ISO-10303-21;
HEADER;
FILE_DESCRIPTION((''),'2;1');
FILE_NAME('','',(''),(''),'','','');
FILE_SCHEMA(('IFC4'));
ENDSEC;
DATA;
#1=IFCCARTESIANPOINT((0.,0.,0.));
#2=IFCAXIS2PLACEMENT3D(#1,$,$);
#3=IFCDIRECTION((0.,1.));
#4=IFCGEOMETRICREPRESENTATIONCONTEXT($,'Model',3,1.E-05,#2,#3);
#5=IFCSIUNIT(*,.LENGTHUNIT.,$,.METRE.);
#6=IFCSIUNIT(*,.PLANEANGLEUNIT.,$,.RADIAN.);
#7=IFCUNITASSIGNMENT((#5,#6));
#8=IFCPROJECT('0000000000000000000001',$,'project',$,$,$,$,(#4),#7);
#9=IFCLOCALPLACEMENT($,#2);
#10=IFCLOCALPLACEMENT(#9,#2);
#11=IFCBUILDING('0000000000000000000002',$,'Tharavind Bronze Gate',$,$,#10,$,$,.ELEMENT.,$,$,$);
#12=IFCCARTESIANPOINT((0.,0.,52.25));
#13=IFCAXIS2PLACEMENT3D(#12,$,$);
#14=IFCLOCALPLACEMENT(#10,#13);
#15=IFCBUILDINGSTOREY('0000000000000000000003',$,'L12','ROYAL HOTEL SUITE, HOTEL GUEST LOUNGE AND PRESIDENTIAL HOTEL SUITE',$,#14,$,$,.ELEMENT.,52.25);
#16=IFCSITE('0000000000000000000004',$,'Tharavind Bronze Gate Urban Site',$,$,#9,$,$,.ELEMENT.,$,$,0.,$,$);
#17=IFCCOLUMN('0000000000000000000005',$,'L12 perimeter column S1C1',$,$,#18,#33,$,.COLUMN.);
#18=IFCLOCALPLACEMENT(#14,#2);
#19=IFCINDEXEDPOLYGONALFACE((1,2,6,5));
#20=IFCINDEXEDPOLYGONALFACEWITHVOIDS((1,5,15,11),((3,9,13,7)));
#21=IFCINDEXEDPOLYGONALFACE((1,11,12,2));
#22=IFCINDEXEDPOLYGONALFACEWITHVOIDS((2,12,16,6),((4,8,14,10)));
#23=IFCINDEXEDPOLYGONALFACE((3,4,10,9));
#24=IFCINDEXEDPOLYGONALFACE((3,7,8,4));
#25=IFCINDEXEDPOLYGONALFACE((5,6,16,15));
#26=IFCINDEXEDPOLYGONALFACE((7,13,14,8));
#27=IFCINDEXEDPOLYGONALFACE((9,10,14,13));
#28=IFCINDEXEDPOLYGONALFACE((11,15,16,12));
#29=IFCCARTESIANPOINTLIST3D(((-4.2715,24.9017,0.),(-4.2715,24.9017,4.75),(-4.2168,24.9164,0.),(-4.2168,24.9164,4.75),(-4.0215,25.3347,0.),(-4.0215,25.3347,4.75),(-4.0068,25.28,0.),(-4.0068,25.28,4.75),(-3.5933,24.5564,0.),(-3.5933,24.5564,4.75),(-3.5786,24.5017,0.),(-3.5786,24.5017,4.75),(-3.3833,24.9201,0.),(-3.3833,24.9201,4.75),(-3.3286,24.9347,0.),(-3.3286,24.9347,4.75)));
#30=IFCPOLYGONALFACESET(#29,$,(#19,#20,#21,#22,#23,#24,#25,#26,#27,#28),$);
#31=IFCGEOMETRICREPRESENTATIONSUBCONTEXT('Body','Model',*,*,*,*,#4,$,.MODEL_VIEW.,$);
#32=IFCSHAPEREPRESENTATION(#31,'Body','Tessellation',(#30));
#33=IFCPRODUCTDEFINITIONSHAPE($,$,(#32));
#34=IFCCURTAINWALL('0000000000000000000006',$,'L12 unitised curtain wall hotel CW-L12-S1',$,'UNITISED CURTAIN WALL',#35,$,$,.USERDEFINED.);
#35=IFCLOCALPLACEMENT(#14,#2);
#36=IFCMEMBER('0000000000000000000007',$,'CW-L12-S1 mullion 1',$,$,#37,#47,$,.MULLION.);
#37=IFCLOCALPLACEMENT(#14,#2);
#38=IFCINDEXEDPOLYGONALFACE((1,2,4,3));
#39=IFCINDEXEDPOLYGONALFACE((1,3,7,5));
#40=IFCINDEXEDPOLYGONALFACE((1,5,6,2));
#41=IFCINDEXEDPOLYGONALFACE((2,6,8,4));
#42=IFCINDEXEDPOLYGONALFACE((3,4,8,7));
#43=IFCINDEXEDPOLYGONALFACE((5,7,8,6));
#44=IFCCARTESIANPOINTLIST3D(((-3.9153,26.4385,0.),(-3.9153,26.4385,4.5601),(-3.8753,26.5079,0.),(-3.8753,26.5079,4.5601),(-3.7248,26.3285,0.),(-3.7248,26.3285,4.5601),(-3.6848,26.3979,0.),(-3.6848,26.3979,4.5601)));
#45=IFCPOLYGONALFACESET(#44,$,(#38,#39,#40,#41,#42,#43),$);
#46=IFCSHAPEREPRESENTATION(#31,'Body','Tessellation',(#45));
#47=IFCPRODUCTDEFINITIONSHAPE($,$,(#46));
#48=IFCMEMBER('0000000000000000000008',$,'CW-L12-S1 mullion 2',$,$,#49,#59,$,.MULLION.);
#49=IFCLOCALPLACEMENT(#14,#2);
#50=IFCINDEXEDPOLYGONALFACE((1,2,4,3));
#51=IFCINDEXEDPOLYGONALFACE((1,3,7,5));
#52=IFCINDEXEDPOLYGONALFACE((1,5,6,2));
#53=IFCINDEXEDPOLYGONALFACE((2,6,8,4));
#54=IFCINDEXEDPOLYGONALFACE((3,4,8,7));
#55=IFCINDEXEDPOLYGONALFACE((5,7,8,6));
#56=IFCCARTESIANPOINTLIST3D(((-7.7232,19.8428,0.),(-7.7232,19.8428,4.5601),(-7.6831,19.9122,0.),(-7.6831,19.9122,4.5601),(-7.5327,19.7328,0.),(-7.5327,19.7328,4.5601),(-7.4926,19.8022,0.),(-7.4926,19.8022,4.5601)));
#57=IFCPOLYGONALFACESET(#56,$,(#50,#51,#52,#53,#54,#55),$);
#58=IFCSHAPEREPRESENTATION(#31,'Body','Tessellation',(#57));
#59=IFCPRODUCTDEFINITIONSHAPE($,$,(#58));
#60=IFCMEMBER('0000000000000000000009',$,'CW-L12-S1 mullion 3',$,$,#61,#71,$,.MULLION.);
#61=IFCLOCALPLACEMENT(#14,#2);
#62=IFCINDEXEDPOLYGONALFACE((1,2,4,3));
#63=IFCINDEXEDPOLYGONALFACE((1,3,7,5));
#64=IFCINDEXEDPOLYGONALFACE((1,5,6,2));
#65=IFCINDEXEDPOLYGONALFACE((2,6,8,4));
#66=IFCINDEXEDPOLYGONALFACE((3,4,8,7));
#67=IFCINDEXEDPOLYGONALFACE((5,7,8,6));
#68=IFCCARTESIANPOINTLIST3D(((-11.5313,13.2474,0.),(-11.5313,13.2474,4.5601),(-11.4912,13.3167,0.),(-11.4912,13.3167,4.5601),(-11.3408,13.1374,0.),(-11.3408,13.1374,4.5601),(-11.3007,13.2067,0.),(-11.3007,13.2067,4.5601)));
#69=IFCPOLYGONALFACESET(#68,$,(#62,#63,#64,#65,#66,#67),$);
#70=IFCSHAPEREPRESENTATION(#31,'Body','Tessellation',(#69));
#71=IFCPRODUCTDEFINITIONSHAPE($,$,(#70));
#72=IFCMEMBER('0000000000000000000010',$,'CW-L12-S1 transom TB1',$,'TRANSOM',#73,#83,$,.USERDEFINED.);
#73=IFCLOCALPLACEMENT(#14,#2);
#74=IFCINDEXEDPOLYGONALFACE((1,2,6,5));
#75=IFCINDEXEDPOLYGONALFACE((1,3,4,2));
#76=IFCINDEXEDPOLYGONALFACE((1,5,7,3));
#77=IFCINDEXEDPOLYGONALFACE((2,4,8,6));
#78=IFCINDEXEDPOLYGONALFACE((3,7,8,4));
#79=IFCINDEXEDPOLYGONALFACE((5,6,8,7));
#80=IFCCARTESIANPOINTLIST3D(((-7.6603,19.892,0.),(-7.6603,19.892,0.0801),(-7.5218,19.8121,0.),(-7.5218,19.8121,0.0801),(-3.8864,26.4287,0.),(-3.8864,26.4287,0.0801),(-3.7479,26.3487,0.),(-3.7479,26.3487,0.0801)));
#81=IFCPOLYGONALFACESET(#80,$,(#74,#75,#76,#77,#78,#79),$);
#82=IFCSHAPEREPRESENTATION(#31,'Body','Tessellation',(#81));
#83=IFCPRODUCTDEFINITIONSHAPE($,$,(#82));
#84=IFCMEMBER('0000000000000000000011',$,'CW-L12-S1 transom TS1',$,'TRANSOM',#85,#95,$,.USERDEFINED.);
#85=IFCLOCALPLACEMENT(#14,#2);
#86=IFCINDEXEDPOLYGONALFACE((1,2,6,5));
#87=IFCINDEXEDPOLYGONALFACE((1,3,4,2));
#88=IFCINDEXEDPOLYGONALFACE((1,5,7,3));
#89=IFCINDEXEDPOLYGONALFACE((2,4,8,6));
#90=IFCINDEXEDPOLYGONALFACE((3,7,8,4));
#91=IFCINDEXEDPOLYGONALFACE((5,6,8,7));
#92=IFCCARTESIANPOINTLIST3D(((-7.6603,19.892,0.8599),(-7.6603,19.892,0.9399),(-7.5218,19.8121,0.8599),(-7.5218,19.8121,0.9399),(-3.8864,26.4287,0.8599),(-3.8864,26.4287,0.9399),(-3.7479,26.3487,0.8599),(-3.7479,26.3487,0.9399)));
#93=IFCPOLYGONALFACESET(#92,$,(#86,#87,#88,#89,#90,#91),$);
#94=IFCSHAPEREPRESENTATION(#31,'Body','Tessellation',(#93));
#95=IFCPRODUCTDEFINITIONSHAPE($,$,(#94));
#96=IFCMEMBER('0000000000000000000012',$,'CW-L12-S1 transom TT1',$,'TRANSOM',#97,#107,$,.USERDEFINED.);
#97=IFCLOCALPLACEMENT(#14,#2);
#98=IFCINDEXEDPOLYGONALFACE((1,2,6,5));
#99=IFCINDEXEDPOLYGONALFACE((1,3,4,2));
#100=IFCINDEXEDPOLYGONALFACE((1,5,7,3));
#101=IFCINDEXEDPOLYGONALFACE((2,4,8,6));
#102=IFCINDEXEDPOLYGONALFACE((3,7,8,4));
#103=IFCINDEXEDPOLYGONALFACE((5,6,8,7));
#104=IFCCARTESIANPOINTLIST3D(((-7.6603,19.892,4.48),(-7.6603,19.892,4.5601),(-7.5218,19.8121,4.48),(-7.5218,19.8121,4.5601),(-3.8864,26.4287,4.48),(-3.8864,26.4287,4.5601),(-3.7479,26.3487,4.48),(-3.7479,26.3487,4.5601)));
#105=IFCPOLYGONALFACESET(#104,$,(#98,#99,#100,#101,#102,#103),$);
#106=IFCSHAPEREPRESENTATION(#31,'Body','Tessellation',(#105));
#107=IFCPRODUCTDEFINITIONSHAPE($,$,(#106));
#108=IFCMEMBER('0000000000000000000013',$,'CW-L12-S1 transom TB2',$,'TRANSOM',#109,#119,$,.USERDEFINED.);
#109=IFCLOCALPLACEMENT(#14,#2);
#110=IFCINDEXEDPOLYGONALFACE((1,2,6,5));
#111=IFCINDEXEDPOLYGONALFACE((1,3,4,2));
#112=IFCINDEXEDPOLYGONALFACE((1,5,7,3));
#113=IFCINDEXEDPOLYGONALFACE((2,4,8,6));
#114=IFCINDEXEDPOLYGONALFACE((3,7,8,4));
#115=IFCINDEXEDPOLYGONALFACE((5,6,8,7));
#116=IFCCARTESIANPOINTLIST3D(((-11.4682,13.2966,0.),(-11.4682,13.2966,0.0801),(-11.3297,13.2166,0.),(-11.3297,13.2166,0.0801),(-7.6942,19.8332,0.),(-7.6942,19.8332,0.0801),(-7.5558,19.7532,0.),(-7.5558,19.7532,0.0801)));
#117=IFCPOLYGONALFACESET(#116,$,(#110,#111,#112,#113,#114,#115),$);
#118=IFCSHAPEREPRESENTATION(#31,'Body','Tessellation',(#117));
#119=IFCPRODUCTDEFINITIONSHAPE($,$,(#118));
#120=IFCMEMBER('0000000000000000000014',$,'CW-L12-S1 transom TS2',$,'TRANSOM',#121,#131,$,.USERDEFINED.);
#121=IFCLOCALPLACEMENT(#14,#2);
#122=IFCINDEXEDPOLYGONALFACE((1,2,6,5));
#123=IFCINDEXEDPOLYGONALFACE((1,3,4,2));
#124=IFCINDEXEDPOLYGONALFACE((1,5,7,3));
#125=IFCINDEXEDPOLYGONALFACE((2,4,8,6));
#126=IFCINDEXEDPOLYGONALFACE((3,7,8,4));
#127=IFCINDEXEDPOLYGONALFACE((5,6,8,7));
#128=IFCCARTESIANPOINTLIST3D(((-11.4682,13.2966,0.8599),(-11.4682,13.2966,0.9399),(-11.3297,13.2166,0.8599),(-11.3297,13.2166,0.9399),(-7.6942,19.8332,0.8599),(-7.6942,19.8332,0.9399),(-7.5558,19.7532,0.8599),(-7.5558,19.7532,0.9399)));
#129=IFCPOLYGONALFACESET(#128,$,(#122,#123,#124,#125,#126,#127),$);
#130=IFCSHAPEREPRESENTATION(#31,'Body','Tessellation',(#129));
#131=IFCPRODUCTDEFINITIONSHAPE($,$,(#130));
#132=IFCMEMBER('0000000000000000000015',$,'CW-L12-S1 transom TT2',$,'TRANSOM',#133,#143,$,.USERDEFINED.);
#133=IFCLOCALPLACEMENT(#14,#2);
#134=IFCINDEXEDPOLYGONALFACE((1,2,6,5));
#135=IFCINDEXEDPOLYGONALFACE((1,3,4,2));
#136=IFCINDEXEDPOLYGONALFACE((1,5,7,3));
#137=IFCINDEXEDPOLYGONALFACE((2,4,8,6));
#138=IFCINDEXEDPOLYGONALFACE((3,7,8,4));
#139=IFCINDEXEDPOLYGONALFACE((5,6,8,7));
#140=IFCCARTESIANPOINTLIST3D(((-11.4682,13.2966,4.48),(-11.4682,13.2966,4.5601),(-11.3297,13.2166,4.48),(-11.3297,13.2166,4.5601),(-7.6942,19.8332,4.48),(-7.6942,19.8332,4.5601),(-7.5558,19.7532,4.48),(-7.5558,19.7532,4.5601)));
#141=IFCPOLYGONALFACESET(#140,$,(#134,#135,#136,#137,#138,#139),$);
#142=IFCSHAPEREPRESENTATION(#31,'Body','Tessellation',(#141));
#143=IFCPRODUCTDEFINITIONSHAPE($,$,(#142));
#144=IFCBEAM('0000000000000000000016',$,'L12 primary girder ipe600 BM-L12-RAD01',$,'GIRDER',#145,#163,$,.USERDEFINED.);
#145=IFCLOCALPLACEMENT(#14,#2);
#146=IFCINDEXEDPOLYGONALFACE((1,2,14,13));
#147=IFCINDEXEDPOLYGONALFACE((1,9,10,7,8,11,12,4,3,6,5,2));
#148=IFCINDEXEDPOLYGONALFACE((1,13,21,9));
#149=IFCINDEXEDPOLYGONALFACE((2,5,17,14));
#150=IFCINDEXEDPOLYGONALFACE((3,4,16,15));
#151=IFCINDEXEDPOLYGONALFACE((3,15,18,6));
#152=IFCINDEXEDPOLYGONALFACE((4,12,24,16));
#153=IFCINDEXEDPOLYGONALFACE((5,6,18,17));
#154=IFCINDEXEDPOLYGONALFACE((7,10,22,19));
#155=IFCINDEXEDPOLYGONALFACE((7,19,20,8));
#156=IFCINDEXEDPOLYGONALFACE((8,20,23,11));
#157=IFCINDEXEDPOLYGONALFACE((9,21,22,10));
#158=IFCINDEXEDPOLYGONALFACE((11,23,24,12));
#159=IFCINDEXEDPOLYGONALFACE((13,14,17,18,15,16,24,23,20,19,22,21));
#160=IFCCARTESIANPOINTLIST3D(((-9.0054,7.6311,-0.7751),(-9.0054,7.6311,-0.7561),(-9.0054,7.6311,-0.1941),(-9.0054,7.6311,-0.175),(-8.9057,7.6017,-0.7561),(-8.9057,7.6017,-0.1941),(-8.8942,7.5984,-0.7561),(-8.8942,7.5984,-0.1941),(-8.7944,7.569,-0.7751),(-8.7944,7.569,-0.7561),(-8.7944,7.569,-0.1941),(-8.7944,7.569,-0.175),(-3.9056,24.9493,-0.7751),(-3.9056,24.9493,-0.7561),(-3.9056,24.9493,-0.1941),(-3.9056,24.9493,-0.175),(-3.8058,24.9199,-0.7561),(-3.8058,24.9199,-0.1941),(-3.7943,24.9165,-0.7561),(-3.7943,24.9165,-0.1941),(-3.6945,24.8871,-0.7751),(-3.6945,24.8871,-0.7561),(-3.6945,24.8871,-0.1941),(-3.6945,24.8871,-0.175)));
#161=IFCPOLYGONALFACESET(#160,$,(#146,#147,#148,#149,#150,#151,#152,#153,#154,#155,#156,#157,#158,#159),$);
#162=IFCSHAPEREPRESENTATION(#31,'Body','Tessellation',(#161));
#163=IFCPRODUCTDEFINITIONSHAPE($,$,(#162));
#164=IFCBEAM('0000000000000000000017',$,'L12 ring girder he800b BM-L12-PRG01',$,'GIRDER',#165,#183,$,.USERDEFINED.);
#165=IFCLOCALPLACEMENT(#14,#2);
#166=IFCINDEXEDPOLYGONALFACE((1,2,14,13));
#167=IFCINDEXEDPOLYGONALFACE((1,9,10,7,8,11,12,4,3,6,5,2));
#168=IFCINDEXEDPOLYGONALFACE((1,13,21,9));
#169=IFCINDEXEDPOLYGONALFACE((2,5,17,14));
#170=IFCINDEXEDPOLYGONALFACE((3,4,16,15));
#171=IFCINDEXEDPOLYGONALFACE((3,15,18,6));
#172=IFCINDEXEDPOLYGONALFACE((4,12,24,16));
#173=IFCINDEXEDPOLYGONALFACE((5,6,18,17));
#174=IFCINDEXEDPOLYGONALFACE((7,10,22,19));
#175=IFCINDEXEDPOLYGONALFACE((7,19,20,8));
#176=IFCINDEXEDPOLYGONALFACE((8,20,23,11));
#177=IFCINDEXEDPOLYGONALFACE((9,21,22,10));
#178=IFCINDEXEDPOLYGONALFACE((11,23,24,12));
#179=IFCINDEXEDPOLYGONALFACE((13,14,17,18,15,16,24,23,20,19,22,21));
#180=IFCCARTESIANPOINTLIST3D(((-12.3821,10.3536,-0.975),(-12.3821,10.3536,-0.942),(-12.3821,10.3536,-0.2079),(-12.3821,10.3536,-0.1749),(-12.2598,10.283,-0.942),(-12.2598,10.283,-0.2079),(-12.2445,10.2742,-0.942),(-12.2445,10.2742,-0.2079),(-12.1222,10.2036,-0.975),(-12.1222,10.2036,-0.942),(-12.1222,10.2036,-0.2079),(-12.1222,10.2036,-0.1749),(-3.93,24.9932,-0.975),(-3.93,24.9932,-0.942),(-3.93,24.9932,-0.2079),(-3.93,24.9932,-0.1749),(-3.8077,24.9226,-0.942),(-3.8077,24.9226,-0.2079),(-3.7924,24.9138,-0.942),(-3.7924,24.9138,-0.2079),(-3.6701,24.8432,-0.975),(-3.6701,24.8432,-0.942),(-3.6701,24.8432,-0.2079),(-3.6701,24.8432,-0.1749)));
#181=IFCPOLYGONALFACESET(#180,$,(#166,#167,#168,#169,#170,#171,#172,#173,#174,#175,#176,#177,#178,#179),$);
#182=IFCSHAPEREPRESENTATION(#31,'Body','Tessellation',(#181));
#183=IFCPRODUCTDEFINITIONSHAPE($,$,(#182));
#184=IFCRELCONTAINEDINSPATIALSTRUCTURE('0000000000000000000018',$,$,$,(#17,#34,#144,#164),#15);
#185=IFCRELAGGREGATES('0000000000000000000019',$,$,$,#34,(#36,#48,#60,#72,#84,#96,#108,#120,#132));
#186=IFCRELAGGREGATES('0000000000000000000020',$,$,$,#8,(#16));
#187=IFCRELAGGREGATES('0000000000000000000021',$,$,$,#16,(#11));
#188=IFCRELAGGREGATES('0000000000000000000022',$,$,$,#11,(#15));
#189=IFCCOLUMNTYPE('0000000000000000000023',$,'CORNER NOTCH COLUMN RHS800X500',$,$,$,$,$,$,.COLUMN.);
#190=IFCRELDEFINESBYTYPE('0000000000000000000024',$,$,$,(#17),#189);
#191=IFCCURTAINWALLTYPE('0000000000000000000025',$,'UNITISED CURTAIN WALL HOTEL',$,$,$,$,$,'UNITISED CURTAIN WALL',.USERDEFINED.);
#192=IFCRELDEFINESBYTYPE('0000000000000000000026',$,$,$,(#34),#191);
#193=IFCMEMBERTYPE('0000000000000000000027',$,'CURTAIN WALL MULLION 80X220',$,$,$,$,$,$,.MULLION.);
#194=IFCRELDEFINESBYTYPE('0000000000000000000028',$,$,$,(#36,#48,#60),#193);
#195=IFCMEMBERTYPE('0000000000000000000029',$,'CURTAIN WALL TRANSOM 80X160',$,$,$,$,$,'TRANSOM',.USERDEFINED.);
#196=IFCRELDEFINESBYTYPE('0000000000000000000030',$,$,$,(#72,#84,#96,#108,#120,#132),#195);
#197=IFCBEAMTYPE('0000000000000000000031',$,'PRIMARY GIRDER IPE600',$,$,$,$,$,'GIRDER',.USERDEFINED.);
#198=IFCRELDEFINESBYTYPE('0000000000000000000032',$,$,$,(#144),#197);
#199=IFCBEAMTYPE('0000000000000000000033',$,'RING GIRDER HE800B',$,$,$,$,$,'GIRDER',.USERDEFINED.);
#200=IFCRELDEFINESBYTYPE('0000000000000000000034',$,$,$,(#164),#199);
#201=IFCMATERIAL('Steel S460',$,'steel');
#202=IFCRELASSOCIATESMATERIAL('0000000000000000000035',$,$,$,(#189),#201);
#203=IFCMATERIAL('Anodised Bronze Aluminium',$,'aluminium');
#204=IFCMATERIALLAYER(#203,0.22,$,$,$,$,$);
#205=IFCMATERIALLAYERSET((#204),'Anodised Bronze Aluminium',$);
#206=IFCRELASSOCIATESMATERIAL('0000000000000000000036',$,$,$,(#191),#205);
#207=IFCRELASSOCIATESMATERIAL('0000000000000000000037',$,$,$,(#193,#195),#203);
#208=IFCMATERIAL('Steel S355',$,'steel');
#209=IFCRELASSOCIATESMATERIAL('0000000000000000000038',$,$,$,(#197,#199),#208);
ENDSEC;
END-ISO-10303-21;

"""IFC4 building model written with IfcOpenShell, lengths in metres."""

from ifc_helpers import new_model, si_unit, direction, frame, origin, origin_2d, place, context, subcontext, project, spatial, rectangle, hollow_rectangle, i_section, extrude, material, layer, layer_set, material_profile, profile_set, type_object, element, aggregate, save


model = new_model("IFC4")

# Units and contexts
model_context = context("Model", 3, precision=1e-05, world=origin(), true_north=direction((0.0, 1.0)))
body_context = subcontext(model_context, "Body", "Model", "MODEL_VIEW")
ifc_project = project(units=[si_unit("LENGTHUNIT", "METRE"), si_unit("PLANEANGLEUNIT", "RADIAN")], contexts=[model_context])

# Site, building, storey
site_placement = place(None, origin())
site = spatial("IfcSite", under=ifc_project, at=site_placement, Name="Tharavind Bronze Gate Urban Site", CompositionType="ELEMENT", RefElevation=0.0)
building_placement = place(site_placement, origin())
building = spatial("IfcBuilding", under=site, at=building_placement, Name="Tharavind Bronze Gate", CompositionType="ELEMENT")
storey_placement = place(building_placement, frame((0.0, 0.0, 52.25)))
storey = spatial("IfcBuildingStorey", under=building, at=storey_placement, Name="L12", Description="ROYAL HOTEL SUITE, HOTEL GUEST LOUNGE AND PRESIDENTIAL HOTEL SUITE", CompositionType="ELEMENT", Elevation=52.25)

# Column
ifc_material_1 = material(Name="Steel S460", Category="steel")
ifc_material_profile_1 = material_profile(ifc_material_1, hollow_rectangle(XDim=0.5, YDim=0.8, WallThickness=0.04, at=origin_2d()), Name="RHS800X500X40")
ifc_profile_set_1 = profile_set([ifc_material_profile_1], Name="Steel S460")
column_type = type_object("IfcColumnType", Name="CORNER NOTCH COLUMN RHS800X500", PredefinedType="COLUMN", material=ifc_profile_set_1)
column_placement = place(storey_placement, frame((-3.8, 24.9182, 0.0), z_axis=(0.0, 0.0, 1.0), x_axis=(0.500002, 0.866025, 0.0)))
element("IfcColumn", 1, at=column_placement, inside=storey, type_object=column_type, Name="L12 perimeter column S1C1", PredefinedType="COLUMN", context=body_context, shape_type="SweptSolid", body=[
    extrude(hollow_rectangle(XDim=0.5, YDim=0.8, WallThickness=0.04, at=origin_2d()), origin(), (0.0, 0.0, 1.0), 4.75),
])

# Curtain wall, members
ifc_material_2 = material(Name="Anodised Bronze Aluminium", Category="aluminium")
ifc_layer_1 = layer(ifc_material_2, 0.22)
ifc_layer_set_1 = layer_set([ifc_layer_1], Name="Anodised Bronze Aluminium")
curtain_wall_type = type_object("IfcCurtainWallType", Name="UNITISED CURTAIN WALL HOTEL", ElementType="UNITISED CURTAIN WALL", PredefinedType="USERDEFINED", material=ifc_layer_set_1)
curtain_wall_placement = place(storey_placement, origin())
curtain_wall = element("IfcCurtainWall", 2, at=curtain_wall_placement, inside=storey, type_object=curtain_wall_type, Name="L12 unitised curtain wall hotel CW-L12-S1", ObjectType="UNITISED CURTAIN WALL", PredefinedType="USERDEFINED")
member_type_1 = type_object("IfcMemberType", Name="CURTAIN WALL MULLION 80X220", PredefinedType="MULLION", material=ifc_material_2)
member_1_placement = place(storey_placement, frame((-3.8, 26.4182, 0.0), z_axis=(0.0, 0.0, 1.0), x_axis=(-0.500002, -0.866025, 0.0)))
member_1 = element("IfcMember", 3, at=member_1_placement, type_object=member_type_1, Name="CW-L12-S1 mullion 1", PredefinedType="MULLION", context=body_context, shape_type="SweptSolid", body=[
    extrude(rectangle(XDim=0.0801, YDim=0.22, at=origin_2d()), origin(), (0.0, 0.0, 1.0), 4.5601),
])
member_2_placement = place(storey_placement, frame((-7.6079, 19.8225, 0.0), z_axis=(0.0, 0.0, 1.0), x_axis=(-0.500002, -0.866025, 0.0)))
member_2 = element("IfcMember", 4, at=member_2_placement, type_object=member_type_1, Name="CW-L12-S1 mullion 2", PredefinedType="MULLION", context=body_context, shape_type="SweptSolid", body=[
    extrude(rectangle(XDim=0.0801, YDim=0.22, at=origin_2d()), origin(), (0.0, 0.0, 1.0), 4.5601),
])
member_3_placement = place(storey_placement, frame((-11.416, 13.2271, 0.0), z_axis=(0.0, 0.0, 1.0), x_axis=(-0.500002, -0.866025, 0.0)))
member_3 = element("IfcMember", 5, at=member_3_placement, type_object=member_type_1, Name="CW-L12-S1 mullion 3", PredefinedType="MULLION", context=body_context, shape_type="SweptSolid", body=[
    extrude(rectangle(XDim=0.0801, YDim=0.22, at=origin_2d()), origin(), (0.0, 0.0, 1.0), 4.5601),
])
member_type_2 = type_object("IfcMemberType", Name="CURTAIN WALL TRANSOM 80X160", ElementType="TRANSOM", PredefinedType="USERDEFINED", material=ifc_material_2)
member_4_placement = place(storey_placement, frame((-5.7041, 23.1204, 0.0), z_axis=(0.0, 0.0, 1.0), x_axis=(-0.500002, -0.866025, 0.0)))
member_4 = element("IfcMember", 6, at=member_4_placement, type_object=member_type_2, Name="CW-L12-S1 transom TB1", ObjectType="TRANSOM", PredefinedType="USERDEFINED", context=body_context, shape_type="SweptSolid", body=[
    extrude(rectangle(XDim=7.5479, YDim=0.1599, at=origin_2d()), origin(), (0.0, 0.0, 1.0), 0.0801),
])
member_5_placement = place(storey_placement, frame((-5.7041, 23.1204, 0.8599), z_axis=(0.0, 0.0, 1.0), x_axis=(-0.500002, -0.866025, 0.0)))
member_5 = element("IfcMember", 7, at=member_5_placement, type_object=member_type_2, Name="CW-L12-S1 transom TS1", ObjectType="TRANSOM", PredefinedType="USERDEFINED", context=body_context, shape_type="SweptSolid", body=[
    extrude(rectangle(XDim=7.5479, YDim=0.1599, at=origin_2d()), origin(), (0.0, 0.0, 1.0), 0.0801),
])
member_6_placement = place(storey_placement, frame((-5.7041, 23.1204, 4.48), z_axis=(0.0, 0.0, 1.0), x_axis=(-0.500002, -0.866025, 0.0)))
member_6 = element("IfcMember", 8, at=member_6_placement, type_object=member_type_2, Name="CW-L12-S1 transom TT1", ObjectType="TRANSOM", PredefinedType="USERDEFINED", context=body_context, shape_type="SweptSolid", body=[
    extrude(rectangle(XDim=7.5479, YDim=0.1599, at=origin_2d()), origin(), (0.0, 0.0, 1.0), 0.0801),
])
member_7_placement = place(storey_placement, frame((-9.512, 16.5249, 0.0), z_axis=(0.0, 0.0, 1.0), x_axis=(-0.500002, -0.866025, 0.0)))
member_7 = element("IfcMember", 9, at=member_7_placement, type_object=member_type_2, Name="CW-L12-S1 transom TB2", ObjectType="TRANSOM", PredefinedType="USERDEFINED", context=body_context, shape_type="SweptSolid", body=[
    extrude(rectangle(XDim=7.5479, YDim=0.1599, at=origin_2d()), origin(), (0.0, 0.0, 1.0), 0.0801),
])
member_8_placement = place(storey_placement, frame((-9.512, 16.5249, 0.8599), z_axis=(0.0, 0.0, 1.0), x_axis=(-0.500002, -0.866025, 0.0)))
member_8 = element("IfcMember", 10, at=member_8_placement, type_object=member_type_2, Name="CW-L12-S1 transom TS2", ObjectType="TRANSOM", PredefinedType="USERDEFINED", context=body_context, shape_type="SweptSolid", body=[
    extrude(rectangle(XDim=7.5479, YDim=0.1599, at=origin_2d()), origin(), (0.0, 0.0, 1.0), 0.0801),
])
member_9_placement = place(storey_placement, frame((-9.512, 16.5249, 4.48), z_axis=(0.0, 0.0, 1.0), x_axis=(-0.500002, -0.866025, 0.0)))
member_9 = element("IfcMember", 11, at=member_9_placement, type_object=member_type_2, Name="CW-L12-S1 transom TT2", ObjectType="TRANSOM", PredefinedType="USERDEFINED", context=body_context, shape_type="SweptSolid", body=[
    extrude(rectangle(XDim=7.5479, YDim=0.1599, at=origin_2d()), origin(), (0.0, 0.0, 1.0), 0.0801),
])

# Beams
ifc_material_3 = material(Name="Steel S355", Category="steel")
ifc_material_profile_2 = material_profile(ifc_material_3, i_section(OverallWidth=0.22, OverallDepth=0.6001, WebThickness=0.012, FlangeThickness=0.019, at=origin_2d()), Name="IPE600")
ifc_profile_set_2 = profile_set([ifc_material_profile_2], Name="Steel S355")
beam_type_1 = type_object("IfcBeamType", Name="PRIMARY GIRDER IPE600", ElementType="GIRDER", PredefinedType="USERDEFINED", material=ifc_profile_set_2)
beam_1_placement = place(storey_placement, frame((-3.8, 24.9182, -0.4751), z_axis=(-0.282487, -0.959271, 0.0), x_axis=(0.959271, -0.282487, 0.0)))
element("IfcBeam", 12, at=beam_1_placement, inside=storey, type_object=beam_type_1, Name="L12 primary girder ipe600 BM-L12-RAD01", ObjectType="GIRDER", PredefinedType="USERDEFINED", context=body_context, shape_type="SweptSolid", body=[
    extrude(i_section(OverallWidth=0.22, OverallDepth=0.6001, WebThickness=0.012, FlangeThickness=0.019, at=origin_2d()), origin(), (0.0, 0.0, 1.0), 18.0535),
])
ifc_material_profile_3 = material_profile(ifc_material_3, i_section(OverallWidth=0.3, OverallDepth=0.8, WebThickness=0.0176, FlangeThickness=0.033, at=origin_2d()), Name="HE800B")
ifc_profile_set_3 = profile_set([ifc_material_profile_3], Name="Steel S355")
beam_type_2 = type_object("IfcBeamType", Name="RING GIRDER HE800B", ElementType="GIRDER", PredefinedType="USERDEFINED", material=ifc_profile_set_3)
beam_2_placement = place(storey_placement, frame((-3.8, 24.9182, -0.575), z_axis=(-0.499997, -0.866027, 0.0), x_axis=(0.866027, -0.499997, 0.0)))
element("IfcBeam", 13, at=beam_2_placement, inside=storey, type_object=beam_type_2, Name="L12 ring girder he800b BM-L12-PRG01", ObjectType="GIRDER", PredefinedType="USERDEFINED", context=body_context, shape_type="SweptSolid", body=[
    extrude(i_section(OverallWidth=0.3, OverallDepth=0.8, WebThickness=0.0176, FlangeThickness=0.033, at=origin_2d()), origin(), (0.0, 0.0, 1.0), 16.9043),
])

aggregate(curtain_wall, [member_1, member_2, member_3, member_4, member_5, member_6, member_7, member_8, member_9])

save(model, "model.ifc")
